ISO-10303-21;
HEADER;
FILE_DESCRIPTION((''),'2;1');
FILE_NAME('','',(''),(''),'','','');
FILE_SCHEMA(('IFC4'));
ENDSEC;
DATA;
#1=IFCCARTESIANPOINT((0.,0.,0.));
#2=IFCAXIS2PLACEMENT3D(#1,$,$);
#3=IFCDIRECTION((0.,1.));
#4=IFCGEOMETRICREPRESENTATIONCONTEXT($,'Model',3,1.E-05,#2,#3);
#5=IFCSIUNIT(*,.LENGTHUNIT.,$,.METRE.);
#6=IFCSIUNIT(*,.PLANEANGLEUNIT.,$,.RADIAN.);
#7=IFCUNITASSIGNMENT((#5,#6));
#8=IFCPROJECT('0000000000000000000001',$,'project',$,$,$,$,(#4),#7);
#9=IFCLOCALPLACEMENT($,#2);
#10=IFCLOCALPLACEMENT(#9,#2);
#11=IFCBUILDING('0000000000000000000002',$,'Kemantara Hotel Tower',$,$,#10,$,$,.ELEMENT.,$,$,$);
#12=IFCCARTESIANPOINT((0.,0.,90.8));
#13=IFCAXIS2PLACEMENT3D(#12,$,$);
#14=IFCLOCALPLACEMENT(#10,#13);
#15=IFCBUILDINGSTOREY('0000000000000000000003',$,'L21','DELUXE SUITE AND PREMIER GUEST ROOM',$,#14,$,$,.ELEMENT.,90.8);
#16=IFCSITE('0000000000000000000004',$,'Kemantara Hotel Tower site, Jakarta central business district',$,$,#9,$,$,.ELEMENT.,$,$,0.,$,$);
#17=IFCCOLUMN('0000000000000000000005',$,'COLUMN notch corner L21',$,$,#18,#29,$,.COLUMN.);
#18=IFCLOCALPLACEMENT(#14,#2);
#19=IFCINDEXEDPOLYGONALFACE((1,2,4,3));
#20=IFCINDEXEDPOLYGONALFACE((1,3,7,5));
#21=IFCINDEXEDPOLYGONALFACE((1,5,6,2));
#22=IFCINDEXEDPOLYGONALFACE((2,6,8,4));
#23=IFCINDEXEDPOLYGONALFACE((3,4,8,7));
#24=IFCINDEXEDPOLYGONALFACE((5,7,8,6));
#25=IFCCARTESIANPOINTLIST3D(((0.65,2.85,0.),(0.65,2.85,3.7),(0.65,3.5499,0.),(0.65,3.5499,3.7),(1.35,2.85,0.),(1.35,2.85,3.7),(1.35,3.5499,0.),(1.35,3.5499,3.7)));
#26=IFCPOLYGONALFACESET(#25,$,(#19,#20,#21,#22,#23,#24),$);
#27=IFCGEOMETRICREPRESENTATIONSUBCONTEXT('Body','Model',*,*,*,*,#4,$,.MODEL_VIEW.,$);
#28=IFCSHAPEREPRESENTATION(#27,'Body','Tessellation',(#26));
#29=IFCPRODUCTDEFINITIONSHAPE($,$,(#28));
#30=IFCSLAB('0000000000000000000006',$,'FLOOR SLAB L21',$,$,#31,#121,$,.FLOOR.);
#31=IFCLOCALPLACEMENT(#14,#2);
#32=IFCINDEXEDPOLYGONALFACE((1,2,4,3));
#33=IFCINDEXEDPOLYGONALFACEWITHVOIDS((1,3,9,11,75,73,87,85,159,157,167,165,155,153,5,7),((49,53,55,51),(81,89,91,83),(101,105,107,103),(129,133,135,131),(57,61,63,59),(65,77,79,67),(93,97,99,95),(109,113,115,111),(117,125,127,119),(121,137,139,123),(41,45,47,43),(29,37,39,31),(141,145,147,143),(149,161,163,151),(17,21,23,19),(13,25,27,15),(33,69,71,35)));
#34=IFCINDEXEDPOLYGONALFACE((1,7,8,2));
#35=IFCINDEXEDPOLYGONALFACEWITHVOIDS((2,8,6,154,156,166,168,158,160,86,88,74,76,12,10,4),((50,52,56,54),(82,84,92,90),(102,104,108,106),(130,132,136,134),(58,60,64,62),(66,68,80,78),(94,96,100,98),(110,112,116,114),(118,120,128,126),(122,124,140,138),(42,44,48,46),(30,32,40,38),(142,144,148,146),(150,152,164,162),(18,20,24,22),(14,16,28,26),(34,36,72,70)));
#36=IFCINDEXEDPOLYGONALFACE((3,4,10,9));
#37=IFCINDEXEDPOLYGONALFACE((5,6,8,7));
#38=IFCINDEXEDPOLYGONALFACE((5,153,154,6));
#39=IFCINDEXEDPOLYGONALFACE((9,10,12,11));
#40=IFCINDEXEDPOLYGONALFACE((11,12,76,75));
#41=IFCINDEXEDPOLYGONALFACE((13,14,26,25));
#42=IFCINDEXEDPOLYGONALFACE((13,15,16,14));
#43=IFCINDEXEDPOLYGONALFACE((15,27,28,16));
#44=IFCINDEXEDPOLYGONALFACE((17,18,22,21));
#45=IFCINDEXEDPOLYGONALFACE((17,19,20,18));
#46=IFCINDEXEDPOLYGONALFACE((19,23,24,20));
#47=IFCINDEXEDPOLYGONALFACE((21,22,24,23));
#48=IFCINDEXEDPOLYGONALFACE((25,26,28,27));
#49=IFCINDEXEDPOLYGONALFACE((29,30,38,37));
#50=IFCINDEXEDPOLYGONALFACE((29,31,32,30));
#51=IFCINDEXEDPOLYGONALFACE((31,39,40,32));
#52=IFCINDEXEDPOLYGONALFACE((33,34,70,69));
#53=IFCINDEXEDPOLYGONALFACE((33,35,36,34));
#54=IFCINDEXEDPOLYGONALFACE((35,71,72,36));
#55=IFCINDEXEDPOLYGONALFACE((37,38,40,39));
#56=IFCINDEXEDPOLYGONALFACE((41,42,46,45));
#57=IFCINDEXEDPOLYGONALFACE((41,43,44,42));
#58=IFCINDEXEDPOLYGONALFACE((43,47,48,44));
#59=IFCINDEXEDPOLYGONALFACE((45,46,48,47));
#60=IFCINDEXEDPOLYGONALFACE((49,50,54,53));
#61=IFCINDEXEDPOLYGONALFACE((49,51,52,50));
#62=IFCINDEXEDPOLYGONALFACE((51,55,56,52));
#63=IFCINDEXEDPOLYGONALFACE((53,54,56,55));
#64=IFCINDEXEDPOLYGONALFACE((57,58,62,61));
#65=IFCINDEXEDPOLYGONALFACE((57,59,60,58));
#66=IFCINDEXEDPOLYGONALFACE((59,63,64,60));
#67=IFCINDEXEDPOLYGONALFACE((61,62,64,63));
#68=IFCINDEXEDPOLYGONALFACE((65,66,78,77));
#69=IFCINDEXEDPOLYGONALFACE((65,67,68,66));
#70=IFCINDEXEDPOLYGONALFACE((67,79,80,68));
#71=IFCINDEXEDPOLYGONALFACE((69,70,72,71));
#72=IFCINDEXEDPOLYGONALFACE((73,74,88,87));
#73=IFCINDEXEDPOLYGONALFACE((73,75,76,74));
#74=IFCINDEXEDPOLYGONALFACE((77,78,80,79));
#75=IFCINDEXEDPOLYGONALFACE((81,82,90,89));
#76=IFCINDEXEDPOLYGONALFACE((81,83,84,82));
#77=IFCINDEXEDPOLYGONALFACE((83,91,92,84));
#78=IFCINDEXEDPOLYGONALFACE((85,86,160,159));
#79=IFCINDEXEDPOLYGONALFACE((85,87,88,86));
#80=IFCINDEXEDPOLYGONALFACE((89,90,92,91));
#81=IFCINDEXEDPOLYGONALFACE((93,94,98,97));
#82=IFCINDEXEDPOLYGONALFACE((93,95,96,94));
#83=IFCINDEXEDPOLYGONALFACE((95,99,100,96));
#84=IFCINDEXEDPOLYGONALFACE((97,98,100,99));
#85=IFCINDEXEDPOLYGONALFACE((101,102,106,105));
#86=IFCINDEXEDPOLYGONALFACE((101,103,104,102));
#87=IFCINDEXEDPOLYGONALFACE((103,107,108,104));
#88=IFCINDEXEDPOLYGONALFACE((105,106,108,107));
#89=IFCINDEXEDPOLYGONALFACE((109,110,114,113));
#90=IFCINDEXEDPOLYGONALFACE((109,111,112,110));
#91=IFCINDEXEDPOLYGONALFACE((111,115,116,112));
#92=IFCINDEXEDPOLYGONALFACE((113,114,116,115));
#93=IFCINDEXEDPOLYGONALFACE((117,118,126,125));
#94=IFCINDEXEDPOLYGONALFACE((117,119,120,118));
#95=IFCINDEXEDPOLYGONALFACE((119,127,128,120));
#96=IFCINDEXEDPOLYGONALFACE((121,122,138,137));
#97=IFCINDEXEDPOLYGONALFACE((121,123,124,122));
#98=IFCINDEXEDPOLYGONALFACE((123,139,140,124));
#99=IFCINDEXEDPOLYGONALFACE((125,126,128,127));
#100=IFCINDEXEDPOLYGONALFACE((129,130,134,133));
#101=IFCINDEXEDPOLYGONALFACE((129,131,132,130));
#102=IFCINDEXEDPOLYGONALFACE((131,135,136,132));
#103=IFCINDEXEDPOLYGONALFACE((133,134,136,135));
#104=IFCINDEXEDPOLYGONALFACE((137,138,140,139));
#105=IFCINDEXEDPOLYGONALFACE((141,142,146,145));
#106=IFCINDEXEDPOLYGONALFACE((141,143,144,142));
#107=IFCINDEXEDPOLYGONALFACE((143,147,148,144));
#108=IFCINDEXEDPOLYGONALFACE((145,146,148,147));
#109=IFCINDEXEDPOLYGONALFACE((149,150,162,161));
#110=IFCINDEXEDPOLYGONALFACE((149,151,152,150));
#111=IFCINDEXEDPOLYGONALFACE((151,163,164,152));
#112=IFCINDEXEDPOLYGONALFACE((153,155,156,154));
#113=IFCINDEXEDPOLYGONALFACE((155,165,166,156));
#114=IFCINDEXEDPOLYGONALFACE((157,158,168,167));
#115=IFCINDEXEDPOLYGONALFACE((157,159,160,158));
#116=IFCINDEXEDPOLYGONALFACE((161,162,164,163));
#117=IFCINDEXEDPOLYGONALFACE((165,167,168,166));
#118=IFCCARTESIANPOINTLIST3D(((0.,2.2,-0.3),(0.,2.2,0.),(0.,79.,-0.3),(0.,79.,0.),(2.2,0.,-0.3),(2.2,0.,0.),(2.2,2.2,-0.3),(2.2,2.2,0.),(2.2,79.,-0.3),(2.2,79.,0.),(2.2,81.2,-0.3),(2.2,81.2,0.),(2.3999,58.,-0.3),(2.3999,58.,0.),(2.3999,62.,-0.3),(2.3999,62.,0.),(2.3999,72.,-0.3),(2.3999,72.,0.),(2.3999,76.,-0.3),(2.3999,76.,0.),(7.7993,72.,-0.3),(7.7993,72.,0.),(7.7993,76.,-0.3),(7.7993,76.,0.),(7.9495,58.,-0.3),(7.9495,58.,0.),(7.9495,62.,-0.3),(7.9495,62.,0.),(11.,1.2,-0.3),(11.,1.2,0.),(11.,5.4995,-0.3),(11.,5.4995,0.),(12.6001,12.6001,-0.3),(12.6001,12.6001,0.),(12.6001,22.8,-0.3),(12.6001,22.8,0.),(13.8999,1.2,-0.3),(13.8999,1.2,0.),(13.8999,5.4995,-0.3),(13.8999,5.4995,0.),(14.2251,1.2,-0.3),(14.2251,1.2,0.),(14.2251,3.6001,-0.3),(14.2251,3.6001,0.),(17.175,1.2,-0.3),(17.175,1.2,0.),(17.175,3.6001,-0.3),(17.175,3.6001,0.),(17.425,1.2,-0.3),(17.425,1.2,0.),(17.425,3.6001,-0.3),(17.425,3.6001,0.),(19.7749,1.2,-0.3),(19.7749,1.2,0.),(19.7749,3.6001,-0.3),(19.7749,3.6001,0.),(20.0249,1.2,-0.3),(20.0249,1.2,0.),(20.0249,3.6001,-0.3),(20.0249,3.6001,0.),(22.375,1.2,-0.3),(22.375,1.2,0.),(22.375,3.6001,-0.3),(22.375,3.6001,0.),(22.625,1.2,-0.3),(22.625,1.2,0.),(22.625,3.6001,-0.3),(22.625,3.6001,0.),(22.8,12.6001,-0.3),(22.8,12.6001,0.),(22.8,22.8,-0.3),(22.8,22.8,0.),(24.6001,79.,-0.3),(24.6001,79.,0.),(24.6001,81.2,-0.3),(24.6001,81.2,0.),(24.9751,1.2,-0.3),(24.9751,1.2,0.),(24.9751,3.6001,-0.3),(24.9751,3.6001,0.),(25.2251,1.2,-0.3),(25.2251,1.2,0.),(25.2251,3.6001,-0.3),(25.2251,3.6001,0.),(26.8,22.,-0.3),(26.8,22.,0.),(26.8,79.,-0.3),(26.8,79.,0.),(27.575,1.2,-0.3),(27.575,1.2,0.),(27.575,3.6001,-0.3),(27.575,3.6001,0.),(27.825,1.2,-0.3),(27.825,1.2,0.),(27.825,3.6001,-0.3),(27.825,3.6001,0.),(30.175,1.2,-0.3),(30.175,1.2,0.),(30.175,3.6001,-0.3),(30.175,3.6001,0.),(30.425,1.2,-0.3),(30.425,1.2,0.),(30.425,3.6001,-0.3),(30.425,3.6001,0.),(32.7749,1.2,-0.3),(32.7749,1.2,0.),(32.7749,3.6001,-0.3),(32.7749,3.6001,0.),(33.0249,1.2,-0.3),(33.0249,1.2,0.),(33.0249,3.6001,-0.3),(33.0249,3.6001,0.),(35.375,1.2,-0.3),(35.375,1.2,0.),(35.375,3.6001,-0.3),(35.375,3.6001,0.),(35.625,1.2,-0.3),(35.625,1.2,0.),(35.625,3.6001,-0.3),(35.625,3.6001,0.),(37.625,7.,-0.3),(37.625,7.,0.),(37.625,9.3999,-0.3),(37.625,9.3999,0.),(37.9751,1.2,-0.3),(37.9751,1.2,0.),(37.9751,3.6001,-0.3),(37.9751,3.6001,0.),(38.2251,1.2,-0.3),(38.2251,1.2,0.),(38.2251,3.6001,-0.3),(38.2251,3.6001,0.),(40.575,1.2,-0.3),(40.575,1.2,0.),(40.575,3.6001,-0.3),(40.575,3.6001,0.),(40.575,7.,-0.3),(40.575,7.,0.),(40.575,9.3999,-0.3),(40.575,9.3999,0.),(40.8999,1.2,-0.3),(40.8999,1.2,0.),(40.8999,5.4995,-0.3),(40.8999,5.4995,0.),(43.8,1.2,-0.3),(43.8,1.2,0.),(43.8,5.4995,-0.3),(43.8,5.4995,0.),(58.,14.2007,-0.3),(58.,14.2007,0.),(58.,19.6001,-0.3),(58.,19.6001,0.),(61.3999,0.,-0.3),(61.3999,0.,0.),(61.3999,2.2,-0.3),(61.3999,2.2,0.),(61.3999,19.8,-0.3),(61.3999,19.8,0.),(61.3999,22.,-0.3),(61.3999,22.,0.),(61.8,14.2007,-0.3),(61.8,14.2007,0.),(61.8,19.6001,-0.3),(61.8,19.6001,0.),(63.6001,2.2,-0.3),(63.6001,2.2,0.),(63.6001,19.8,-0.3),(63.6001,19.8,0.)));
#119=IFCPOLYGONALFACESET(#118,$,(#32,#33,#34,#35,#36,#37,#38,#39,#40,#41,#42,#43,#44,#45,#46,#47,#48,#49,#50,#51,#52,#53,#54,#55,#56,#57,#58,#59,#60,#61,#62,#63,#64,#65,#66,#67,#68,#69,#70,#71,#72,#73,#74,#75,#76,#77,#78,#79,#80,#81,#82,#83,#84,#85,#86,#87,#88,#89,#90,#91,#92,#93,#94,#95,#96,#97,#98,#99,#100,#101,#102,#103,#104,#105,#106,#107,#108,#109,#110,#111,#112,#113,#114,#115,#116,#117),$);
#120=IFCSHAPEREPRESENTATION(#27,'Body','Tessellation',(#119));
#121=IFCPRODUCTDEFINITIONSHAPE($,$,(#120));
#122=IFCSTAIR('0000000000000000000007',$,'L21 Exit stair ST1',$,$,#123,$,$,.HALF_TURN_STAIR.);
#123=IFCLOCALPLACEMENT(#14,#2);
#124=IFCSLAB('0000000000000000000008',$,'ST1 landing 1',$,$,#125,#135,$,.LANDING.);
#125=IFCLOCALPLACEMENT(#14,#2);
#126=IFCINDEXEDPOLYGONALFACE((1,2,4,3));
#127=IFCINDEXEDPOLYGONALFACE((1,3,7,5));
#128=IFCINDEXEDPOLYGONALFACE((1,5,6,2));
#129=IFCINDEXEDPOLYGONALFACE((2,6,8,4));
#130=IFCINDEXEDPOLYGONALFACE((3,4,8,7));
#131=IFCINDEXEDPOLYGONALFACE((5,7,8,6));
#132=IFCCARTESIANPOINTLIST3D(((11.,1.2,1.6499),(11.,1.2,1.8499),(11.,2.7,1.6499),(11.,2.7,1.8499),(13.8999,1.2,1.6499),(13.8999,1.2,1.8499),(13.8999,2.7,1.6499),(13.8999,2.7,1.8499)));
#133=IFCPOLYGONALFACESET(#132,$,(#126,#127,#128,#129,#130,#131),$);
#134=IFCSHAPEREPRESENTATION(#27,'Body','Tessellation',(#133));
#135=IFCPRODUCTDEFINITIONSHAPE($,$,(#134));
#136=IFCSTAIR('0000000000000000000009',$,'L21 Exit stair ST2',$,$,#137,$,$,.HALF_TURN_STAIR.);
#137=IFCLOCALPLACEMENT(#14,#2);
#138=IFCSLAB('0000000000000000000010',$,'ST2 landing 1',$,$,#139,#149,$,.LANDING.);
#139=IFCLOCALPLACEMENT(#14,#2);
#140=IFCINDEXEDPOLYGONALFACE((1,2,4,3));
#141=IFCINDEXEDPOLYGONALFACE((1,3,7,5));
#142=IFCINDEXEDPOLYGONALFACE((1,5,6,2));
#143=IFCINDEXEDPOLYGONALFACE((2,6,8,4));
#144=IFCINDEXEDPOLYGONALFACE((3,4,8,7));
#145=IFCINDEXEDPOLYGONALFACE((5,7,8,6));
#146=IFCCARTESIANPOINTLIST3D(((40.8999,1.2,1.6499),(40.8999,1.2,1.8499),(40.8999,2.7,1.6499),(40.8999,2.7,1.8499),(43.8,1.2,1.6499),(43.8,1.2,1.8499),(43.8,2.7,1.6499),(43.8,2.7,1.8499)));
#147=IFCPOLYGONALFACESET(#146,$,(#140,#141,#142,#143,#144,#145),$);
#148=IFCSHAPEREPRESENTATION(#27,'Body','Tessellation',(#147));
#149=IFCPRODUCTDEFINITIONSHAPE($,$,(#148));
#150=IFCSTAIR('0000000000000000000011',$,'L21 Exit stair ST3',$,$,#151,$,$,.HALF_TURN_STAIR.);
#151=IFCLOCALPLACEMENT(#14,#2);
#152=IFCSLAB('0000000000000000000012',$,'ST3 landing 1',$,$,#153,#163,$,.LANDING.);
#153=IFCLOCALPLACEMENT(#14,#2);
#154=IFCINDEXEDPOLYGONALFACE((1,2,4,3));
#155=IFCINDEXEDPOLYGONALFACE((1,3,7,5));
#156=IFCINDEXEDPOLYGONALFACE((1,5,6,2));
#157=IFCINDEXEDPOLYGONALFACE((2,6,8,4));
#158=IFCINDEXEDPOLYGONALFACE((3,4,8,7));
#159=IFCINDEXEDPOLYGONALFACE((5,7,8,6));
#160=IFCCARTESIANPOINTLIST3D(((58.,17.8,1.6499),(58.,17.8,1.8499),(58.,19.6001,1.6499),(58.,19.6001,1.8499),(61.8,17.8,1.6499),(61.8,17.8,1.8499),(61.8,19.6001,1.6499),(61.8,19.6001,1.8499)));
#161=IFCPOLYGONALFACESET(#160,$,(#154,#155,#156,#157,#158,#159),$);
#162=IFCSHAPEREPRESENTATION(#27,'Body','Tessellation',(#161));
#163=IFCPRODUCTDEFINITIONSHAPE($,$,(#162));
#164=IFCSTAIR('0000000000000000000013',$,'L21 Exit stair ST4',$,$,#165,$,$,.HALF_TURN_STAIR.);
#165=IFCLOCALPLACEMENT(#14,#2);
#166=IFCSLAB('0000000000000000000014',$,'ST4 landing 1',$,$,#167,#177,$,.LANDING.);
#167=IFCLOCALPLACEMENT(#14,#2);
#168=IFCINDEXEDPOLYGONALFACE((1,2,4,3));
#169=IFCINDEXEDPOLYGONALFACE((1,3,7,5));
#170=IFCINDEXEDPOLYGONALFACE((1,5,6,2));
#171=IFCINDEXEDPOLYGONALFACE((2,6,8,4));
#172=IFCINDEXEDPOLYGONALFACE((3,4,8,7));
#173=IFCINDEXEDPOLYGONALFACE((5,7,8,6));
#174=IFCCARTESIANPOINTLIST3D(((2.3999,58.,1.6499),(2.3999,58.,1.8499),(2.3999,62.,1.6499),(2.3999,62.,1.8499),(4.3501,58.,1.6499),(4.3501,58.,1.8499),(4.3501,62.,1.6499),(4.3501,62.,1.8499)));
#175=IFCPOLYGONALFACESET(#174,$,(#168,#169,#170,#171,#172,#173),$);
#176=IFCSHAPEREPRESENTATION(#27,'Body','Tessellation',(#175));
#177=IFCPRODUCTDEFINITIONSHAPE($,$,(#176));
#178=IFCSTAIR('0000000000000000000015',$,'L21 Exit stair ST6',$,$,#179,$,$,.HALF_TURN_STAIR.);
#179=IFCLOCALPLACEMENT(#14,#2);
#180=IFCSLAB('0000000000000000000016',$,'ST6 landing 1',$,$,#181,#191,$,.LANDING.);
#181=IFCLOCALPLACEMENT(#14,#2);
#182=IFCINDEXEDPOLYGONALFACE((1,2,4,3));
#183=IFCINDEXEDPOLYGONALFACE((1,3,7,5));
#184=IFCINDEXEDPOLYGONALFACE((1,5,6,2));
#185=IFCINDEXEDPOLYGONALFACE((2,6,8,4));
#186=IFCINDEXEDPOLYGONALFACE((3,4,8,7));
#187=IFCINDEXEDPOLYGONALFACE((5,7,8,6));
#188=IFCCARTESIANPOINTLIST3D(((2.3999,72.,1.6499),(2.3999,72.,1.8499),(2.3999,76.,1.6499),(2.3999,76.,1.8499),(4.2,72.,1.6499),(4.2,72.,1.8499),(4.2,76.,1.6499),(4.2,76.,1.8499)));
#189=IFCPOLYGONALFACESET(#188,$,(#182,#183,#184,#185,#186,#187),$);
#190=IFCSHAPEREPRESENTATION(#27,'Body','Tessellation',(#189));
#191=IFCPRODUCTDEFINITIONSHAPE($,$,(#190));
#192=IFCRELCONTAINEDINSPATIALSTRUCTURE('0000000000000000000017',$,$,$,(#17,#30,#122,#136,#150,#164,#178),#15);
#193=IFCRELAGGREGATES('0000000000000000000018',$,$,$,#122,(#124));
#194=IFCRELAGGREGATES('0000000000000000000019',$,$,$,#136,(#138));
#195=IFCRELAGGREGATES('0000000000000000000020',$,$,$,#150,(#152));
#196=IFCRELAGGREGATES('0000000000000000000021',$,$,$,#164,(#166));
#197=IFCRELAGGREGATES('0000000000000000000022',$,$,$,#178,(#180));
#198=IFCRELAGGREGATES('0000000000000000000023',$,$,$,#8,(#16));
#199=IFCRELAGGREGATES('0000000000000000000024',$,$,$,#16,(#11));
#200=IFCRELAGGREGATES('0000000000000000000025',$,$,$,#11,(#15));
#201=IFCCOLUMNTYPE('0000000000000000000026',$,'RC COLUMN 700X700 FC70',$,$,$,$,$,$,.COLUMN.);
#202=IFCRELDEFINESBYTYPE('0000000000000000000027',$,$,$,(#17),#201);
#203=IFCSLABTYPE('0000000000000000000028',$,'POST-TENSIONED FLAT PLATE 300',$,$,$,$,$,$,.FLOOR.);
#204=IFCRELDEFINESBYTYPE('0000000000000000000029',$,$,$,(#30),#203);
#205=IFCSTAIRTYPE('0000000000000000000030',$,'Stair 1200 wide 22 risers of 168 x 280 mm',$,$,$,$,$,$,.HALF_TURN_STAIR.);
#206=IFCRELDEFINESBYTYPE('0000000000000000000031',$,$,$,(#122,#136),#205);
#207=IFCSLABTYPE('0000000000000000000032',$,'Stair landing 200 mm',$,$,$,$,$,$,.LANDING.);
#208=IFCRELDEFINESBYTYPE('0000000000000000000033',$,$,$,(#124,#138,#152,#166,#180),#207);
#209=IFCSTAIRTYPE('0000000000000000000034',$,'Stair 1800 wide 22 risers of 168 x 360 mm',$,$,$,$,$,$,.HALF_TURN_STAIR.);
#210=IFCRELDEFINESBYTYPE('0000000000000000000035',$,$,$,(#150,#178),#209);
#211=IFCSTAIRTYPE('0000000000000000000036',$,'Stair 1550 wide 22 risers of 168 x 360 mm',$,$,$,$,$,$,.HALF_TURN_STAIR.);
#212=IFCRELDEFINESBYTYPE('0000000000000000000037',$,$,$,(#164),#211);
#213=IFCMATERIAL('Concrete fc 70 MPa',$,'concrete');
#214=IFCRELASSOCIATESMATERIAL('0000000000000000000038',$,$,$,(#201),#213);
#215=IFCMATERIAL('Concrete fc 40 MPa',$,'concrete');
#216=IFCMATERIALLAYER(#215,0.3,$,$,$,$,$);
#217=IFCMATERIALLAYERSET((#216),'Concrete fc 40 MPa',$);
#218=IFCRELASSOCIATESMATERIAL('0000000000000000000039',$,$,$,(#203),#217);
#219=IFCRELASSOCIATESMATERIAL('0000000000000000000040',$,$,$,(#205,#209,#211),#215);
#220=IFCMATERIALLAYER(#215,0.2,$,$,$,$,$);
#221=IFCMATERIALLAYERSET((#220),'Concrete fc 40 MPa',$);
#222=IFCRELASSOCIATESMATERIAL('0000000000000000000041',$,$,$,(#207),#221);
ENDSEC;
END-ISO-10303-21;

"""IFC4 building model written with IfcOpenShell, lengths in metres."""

from ifc_helpers import new_model, si_unit, direction, frame, origin, origin_2d, place, context, subcontext, project, spatial, polyline, rectangle, outline, extrude, material, layer, layer_set, material_profile, profile_set, type_object, element, aggregate, save


model = new_model("IFC4")

# Units and contexts
model_context = context("Model", 3, precision=1e-05, world=origin(), true_north=direction((0.0, 1.0)))
body_context = subcontext(model_context, "Body", "Model", "MODEL_VIEW")
ifc_project = project(units=[si_unit("LENGTHUNIT", "METRE"), si_unit("PLANEANGLEUNIT", "RADIAN")], contexts=[model_context])

# Site, building, storey
site_placement = place(None, origin())
site = spatial("IfcSite", under=ifc_project, at=site_placement, Name="Kemantara Hotel Tower site, Jakarta central business district", CompositionType="ELEMENT", RefElevation=0.0)
building_placement = place(site_placement, origin())
building = spatial("IfcBuilding", under=site, at=building_placement, Name="Kemantara Hotel Tower", CompositionType="ELEMENT")
storey_placement = place(building_placement, frame((0.0, 0.0, 90.8)))
storey = spatial("IfcBuildingStorey", under=building, at=storey_placement, Name="L21", Description="DELUXE SUITE AND PREMIER GUEST ROOM", CompositionType="ELEMENT", Elevation=90.8)

# Column
ifc_material_1 = material(Name="Concrete fc 70 MPa", Category="concrete")
ifc_material_profile = material_profile(ifc_material_1, rectangle(XDim=0.7, YDim=0.7, at=origin_2d()), Name="RC 700X700")
ifc_profile_set = profile_set([ifc_material_profile], Name="Concrete fc 70 MPa")
column_type = type_object("IfcColumnType", Name="RC COLUMN 700X700 FC70", PredefinedType="COLUMN", material=ifc_profile_set)
column_placement = place(storey_placement, frame((1.0, 3.2, 0.0), z_axis=(0.0, 0.0, 1.0), x_axis=(1.0, 0.0, 0.0)))
element("IfcColumn", 1, at=column_placement, inside=storey, type_object=column_type, Name="COLUMN notch corner L21", PredefinedType="COLUMN", context=body_context, shape_type="SweptSolid", body=[
    extrude(rectangle(XDim=0.7, YDim=0.7, at=origin_2d()), origin(), (0.0, 0.0, 1.0), 3.7),
])

# Slab
ifc_material_2 = material(Name="Concrete fc 40 MPa", Category="concrete")
ifc_layer_1 = layer(ifc_material_2, 0.3)
ifc_layer_set_1 = layer_set([ifc_layer_1], Name="Concrete fc 40 MPa")
slab_type_1 = type_object("IfcSlabType", Name="POST-TENSIONED FLAT PLATE 300", PredefinedType="FLOOR", material=ifc_layer_set_1)
slab_1_placement = place(storey_placement, frame((0.0, 0.0, -0.3)))
element("IfcSlab", 2, at=slab_1_placement, inside=storey, type_object=slab_type_1, Name="FLOOR SLAB L21", PredefinedType="FLOOR", context=body_context, shape_type="SweptSolid", body=[
    extrude(outline(polyline([(26.8, 79.0), (24.6001, 79.0), (24.6001, 81.2), (2.2, 81.2), (2.2, 79.0), (0.0, 79.0), (0.0, 2.2), (2.2, 2.2), (2.2, 0.0), (61.3999, 0.0), (61.3999, 2.2), (63.6001, 2.2), (63.6001, 19.8), (61.3999, 19.8), (61.3999, 22.0), (26.8, 22.0), (26.8, 79.0)]), holes=[polyline([(17.175, 1.2), (14.2251, 1.2), (14.2251, 3.6001), (17.175, 3.6001), (17.175, 1.2)]), polyline([(19.7749, 1.2), (17.425, 1.2), (17.425, 3.6001), (19.7749, 3.6001), (19.7749, 1.2)]), polyline([(22.375, 1.2), (20.0249, 1.2), (20.0249, 3.6001), (22.375, 3.6001), (22.375, 1.2)]), polyline([(24.9751, 1.2), (22.625, 1.2), (22.625, 3.6001), (24.9751, 3.6001), (24.9751, 1.2)]), polyline([(27.575, 1.2), (25.2251, 1.2), (25.2251, 3.6001), (27.575, 3.6001), (27.575, 1.2)]), polyline([(11.0, 1.2), (11.0, 5.4995), (13.8999, 5.4995), (13.8999, 1.2), (11.0, 1.2)]), polyline([(22.8, 12.6001), (12.6001, 12.6001), (12.6001, 22.8), (22.8, 22.8), (22.8, 12.6001)]), polyline([(2.3999, 62.0), (7.9495, 62.0), (7.9495, 58.0), (2.3999, 58.0), (2.3999, 62.0)]), polyline([(2.3999, 76.0), (7.7993, 76.0), (7.7993, 72.0), (2.3999, 72.0), (2.3999, 76.0)]), polyline([(30.175, 1.2), (27.825, 1.2), (27.825, 3.6001), (30.175, 3.6001), (30.175, 1.2)]), polyline([(32.7749, 1.2), (30.425, 1.2), (30.425, 3.6001), (32.7749, 3.6001), (32.7749, 1.2)]), polyline([(35.375, 1.2), (33.0249, 1.2), (33.0249, 3.6001), (35.375, 3.6001), (35.375, 1.2)]), polyline([(37.9751, 1.2), (35.625, 1.2), (35.625, 3.6001), (37.9751, 3.6001), (37.9751, 1.2)]), polyline([(40.575, 1.2), (38.2251, 1.2), (38.2251, 3.6001), (40.575, 3.6001), (40.575, 1.2)]), polyline([(40.8999, 1.2), (40.8999, 5.4995), (43.8, 5.4995), (43.8, 1.2), (40.8999, 1.2)]), polyline([(37.625, 7.0), (37.625, 9.3999), (40.575, 9.3999), (40.575, 7.0), (37.625, 7.0)]), polyline([(61.8, 14.2007), (58.0, 14.2007), (58.0, 19.6001), (61.8, 19.6001), (61.8, 14.2007)])]), origin(), (0.0, 0.0, 1.0), 0.3),
])

# Stairs, slabs
stair_type_1 = type_object("IfcStairType", Name="Stair 1200 wide 22 risers of 168 x 280 mm", PredefinedType="HALF_TURN_STAIR", material=ifc_material_2)
stair_1_placement = place(storey_placement, origin())
stair_1 = element("IfcStair", 3, at=stair_1_placement, inside=storey, type_object=stair_type_1, Name="L21 Exit stair ST1", PredefinedType="HALF_TURN_STAIR")
ifc_layer_2 = layer(ifc_material_2, 0.2)
ifc_layer_set_2 = layer_set([ifc_layer_2], Name="Concrete fc 40 MPa")
slab_type_2 = type_object("IfcSlabType", Name="Stair landing 200 mm", PredefinedType="LANDING", material=ifc_layer_set_2)
slab_2_placement = place(storey_placement, frame((0.0, 0.0, 1.6499)))
slab_2 = element("IfcSlab", 4, at=slab_2_placement, type_object=slab_type_2, Name="ST1 landing 1", PredefinedType="LANDING", context=body_context, shape_type="SweptSolid", body=[
    extrude(outline(polyline([(11.0, 2.7), (11.0, 1.2), (13.8999, 1.2), (13.8999, 2.7), (11.0, 2.7)])), origin(), (0.0, 0.0, 1.0), 0.2),
])
aggregate(stair_1, [slab_2])
stair_2_placement = place(storey_placement, origin())
stair_2 = element("IfcStair", 5, at=stair_2_placement, inside=storey, type_object=stair_type_1, Name="L21 Exit stair ST2", PredefinedType="HALF_TURN_STAIR")
slab_3_placement = place(storey_placement, frame((0.0, 0.0, 1.6499)))
slab_3 = element("IfcSlab", 6, at=slab_3_placement, type_object=slab_type_2, Name="ST2 landing 1", PredefinedType="LANDING", context=body_context, shape_type="SweptSolid", body=[
    extrude(outline(polyline([(40.8999, 2.7), (40.8999, 1.2), (43.8, 1.2), (43.8, 2.7), (40.8999, 2.7)])), origin(), (0.0, 0.0, 1.0), 0.2),
])
aggregate(stair_2, [slab_3])
stair_type_2 = type_object("IfcStairType", Name="Stair 1800 wide 22 risers of 168 x 360 mm", PredefinedType="HALF_TURN_STAIR", material=ifc_material_2)
stair_3_placement = place(storey_placement, origin())
stair_3 = element("IfcStair", 7, at=stair_3_placement, inside=storey, type_object=stair_type_2, Name="L21 Exit stair ST3", PredefinedType="HALF_TURN_STAIR")
slab_4_placement = place(storey_placement, frame((0.0, 0.0, 1.6499)))
slab_4 = element("IfcSlab", 8, at=slab_4_placement, type_object=slab_type_2, Name="ST3 landing 1", PredefinedType="LANDING", context=body_context, shape_type="SweptSolid", body=[
    extrude(outline(polyline([(61.8, 17.8), (61.8, 19.6001), (58.0, 19.6001), (58.0, 17.8), (61.8, 17.8)])), origin(), (0.0, 0.0, 1.0), 0.2),
])
aggregate(stair_3, [slab_4])
stair_type_3 = type_object("IfcStairType", Name="Stair 1550 wide 22 risers of 168 x 360 mm", PredefinedType="HALF_TURN_STAIR", material=ifc_material_2)
stair_4_placement = place(storey_placement, origin())
stair_4 = element("IfcStair", 9, at=stair_4_placement, inside=storey, type_object=stair_type_3, Name="L21 Exit stair ST4", PredefinedType="HALF_TURN_STAIR")
slab_5_placement = place(storey_placement, frame((0.0, 0.0, 1.6499)))
slab_5 = element("IfcSlab", 10, at=slab_5_placement, type_object=slab_type_2, Name="ST4 landing 1", PredefinedType="LANDING", context=body_context, shape_type="SweptSolid", body=[
    extrude(outline(polyline([(4.3501, 62.0), (2.3999, 62.0), (2.3999, 58.0), (4.3501, 58.0), (4.3501, 62.0)])), origin(), (0.0, 0.0, 1.0), 0.2),
])
aggregate(stair_4, [slab_5])
stair_5_placement = place(storey_placement, origin())
stair_5 = element("IfcStair", 11, at=stair_5_placement, inside=storey, type_object=stair_type_2, Name="L21 Exit stair ST6", PredefinedType="HALF_TURN_STAIR")
slab_6_placement = place(storey_placement, frame((0.0, 0.0, 1.6499)))
slab_6 = element("IfcSlab", 12, at=slab_6_placement, type_object=slab_type_2, Name="ST6 landing 1", PredefinedType="LANDING", context=body_context, shape_type="SweptSolid", body=[
    extrude(outline(polyline([(4.2, 76.0), (2.3999, 76.0), (2.3999, 72.0), (4.2, 72.0), (4.2, 76.0)])), origin(), (0.0, 0.0, 1.0), 0.2),
])
aggregate(stair_5, [slab_6])

save(model, "model.ifc")
